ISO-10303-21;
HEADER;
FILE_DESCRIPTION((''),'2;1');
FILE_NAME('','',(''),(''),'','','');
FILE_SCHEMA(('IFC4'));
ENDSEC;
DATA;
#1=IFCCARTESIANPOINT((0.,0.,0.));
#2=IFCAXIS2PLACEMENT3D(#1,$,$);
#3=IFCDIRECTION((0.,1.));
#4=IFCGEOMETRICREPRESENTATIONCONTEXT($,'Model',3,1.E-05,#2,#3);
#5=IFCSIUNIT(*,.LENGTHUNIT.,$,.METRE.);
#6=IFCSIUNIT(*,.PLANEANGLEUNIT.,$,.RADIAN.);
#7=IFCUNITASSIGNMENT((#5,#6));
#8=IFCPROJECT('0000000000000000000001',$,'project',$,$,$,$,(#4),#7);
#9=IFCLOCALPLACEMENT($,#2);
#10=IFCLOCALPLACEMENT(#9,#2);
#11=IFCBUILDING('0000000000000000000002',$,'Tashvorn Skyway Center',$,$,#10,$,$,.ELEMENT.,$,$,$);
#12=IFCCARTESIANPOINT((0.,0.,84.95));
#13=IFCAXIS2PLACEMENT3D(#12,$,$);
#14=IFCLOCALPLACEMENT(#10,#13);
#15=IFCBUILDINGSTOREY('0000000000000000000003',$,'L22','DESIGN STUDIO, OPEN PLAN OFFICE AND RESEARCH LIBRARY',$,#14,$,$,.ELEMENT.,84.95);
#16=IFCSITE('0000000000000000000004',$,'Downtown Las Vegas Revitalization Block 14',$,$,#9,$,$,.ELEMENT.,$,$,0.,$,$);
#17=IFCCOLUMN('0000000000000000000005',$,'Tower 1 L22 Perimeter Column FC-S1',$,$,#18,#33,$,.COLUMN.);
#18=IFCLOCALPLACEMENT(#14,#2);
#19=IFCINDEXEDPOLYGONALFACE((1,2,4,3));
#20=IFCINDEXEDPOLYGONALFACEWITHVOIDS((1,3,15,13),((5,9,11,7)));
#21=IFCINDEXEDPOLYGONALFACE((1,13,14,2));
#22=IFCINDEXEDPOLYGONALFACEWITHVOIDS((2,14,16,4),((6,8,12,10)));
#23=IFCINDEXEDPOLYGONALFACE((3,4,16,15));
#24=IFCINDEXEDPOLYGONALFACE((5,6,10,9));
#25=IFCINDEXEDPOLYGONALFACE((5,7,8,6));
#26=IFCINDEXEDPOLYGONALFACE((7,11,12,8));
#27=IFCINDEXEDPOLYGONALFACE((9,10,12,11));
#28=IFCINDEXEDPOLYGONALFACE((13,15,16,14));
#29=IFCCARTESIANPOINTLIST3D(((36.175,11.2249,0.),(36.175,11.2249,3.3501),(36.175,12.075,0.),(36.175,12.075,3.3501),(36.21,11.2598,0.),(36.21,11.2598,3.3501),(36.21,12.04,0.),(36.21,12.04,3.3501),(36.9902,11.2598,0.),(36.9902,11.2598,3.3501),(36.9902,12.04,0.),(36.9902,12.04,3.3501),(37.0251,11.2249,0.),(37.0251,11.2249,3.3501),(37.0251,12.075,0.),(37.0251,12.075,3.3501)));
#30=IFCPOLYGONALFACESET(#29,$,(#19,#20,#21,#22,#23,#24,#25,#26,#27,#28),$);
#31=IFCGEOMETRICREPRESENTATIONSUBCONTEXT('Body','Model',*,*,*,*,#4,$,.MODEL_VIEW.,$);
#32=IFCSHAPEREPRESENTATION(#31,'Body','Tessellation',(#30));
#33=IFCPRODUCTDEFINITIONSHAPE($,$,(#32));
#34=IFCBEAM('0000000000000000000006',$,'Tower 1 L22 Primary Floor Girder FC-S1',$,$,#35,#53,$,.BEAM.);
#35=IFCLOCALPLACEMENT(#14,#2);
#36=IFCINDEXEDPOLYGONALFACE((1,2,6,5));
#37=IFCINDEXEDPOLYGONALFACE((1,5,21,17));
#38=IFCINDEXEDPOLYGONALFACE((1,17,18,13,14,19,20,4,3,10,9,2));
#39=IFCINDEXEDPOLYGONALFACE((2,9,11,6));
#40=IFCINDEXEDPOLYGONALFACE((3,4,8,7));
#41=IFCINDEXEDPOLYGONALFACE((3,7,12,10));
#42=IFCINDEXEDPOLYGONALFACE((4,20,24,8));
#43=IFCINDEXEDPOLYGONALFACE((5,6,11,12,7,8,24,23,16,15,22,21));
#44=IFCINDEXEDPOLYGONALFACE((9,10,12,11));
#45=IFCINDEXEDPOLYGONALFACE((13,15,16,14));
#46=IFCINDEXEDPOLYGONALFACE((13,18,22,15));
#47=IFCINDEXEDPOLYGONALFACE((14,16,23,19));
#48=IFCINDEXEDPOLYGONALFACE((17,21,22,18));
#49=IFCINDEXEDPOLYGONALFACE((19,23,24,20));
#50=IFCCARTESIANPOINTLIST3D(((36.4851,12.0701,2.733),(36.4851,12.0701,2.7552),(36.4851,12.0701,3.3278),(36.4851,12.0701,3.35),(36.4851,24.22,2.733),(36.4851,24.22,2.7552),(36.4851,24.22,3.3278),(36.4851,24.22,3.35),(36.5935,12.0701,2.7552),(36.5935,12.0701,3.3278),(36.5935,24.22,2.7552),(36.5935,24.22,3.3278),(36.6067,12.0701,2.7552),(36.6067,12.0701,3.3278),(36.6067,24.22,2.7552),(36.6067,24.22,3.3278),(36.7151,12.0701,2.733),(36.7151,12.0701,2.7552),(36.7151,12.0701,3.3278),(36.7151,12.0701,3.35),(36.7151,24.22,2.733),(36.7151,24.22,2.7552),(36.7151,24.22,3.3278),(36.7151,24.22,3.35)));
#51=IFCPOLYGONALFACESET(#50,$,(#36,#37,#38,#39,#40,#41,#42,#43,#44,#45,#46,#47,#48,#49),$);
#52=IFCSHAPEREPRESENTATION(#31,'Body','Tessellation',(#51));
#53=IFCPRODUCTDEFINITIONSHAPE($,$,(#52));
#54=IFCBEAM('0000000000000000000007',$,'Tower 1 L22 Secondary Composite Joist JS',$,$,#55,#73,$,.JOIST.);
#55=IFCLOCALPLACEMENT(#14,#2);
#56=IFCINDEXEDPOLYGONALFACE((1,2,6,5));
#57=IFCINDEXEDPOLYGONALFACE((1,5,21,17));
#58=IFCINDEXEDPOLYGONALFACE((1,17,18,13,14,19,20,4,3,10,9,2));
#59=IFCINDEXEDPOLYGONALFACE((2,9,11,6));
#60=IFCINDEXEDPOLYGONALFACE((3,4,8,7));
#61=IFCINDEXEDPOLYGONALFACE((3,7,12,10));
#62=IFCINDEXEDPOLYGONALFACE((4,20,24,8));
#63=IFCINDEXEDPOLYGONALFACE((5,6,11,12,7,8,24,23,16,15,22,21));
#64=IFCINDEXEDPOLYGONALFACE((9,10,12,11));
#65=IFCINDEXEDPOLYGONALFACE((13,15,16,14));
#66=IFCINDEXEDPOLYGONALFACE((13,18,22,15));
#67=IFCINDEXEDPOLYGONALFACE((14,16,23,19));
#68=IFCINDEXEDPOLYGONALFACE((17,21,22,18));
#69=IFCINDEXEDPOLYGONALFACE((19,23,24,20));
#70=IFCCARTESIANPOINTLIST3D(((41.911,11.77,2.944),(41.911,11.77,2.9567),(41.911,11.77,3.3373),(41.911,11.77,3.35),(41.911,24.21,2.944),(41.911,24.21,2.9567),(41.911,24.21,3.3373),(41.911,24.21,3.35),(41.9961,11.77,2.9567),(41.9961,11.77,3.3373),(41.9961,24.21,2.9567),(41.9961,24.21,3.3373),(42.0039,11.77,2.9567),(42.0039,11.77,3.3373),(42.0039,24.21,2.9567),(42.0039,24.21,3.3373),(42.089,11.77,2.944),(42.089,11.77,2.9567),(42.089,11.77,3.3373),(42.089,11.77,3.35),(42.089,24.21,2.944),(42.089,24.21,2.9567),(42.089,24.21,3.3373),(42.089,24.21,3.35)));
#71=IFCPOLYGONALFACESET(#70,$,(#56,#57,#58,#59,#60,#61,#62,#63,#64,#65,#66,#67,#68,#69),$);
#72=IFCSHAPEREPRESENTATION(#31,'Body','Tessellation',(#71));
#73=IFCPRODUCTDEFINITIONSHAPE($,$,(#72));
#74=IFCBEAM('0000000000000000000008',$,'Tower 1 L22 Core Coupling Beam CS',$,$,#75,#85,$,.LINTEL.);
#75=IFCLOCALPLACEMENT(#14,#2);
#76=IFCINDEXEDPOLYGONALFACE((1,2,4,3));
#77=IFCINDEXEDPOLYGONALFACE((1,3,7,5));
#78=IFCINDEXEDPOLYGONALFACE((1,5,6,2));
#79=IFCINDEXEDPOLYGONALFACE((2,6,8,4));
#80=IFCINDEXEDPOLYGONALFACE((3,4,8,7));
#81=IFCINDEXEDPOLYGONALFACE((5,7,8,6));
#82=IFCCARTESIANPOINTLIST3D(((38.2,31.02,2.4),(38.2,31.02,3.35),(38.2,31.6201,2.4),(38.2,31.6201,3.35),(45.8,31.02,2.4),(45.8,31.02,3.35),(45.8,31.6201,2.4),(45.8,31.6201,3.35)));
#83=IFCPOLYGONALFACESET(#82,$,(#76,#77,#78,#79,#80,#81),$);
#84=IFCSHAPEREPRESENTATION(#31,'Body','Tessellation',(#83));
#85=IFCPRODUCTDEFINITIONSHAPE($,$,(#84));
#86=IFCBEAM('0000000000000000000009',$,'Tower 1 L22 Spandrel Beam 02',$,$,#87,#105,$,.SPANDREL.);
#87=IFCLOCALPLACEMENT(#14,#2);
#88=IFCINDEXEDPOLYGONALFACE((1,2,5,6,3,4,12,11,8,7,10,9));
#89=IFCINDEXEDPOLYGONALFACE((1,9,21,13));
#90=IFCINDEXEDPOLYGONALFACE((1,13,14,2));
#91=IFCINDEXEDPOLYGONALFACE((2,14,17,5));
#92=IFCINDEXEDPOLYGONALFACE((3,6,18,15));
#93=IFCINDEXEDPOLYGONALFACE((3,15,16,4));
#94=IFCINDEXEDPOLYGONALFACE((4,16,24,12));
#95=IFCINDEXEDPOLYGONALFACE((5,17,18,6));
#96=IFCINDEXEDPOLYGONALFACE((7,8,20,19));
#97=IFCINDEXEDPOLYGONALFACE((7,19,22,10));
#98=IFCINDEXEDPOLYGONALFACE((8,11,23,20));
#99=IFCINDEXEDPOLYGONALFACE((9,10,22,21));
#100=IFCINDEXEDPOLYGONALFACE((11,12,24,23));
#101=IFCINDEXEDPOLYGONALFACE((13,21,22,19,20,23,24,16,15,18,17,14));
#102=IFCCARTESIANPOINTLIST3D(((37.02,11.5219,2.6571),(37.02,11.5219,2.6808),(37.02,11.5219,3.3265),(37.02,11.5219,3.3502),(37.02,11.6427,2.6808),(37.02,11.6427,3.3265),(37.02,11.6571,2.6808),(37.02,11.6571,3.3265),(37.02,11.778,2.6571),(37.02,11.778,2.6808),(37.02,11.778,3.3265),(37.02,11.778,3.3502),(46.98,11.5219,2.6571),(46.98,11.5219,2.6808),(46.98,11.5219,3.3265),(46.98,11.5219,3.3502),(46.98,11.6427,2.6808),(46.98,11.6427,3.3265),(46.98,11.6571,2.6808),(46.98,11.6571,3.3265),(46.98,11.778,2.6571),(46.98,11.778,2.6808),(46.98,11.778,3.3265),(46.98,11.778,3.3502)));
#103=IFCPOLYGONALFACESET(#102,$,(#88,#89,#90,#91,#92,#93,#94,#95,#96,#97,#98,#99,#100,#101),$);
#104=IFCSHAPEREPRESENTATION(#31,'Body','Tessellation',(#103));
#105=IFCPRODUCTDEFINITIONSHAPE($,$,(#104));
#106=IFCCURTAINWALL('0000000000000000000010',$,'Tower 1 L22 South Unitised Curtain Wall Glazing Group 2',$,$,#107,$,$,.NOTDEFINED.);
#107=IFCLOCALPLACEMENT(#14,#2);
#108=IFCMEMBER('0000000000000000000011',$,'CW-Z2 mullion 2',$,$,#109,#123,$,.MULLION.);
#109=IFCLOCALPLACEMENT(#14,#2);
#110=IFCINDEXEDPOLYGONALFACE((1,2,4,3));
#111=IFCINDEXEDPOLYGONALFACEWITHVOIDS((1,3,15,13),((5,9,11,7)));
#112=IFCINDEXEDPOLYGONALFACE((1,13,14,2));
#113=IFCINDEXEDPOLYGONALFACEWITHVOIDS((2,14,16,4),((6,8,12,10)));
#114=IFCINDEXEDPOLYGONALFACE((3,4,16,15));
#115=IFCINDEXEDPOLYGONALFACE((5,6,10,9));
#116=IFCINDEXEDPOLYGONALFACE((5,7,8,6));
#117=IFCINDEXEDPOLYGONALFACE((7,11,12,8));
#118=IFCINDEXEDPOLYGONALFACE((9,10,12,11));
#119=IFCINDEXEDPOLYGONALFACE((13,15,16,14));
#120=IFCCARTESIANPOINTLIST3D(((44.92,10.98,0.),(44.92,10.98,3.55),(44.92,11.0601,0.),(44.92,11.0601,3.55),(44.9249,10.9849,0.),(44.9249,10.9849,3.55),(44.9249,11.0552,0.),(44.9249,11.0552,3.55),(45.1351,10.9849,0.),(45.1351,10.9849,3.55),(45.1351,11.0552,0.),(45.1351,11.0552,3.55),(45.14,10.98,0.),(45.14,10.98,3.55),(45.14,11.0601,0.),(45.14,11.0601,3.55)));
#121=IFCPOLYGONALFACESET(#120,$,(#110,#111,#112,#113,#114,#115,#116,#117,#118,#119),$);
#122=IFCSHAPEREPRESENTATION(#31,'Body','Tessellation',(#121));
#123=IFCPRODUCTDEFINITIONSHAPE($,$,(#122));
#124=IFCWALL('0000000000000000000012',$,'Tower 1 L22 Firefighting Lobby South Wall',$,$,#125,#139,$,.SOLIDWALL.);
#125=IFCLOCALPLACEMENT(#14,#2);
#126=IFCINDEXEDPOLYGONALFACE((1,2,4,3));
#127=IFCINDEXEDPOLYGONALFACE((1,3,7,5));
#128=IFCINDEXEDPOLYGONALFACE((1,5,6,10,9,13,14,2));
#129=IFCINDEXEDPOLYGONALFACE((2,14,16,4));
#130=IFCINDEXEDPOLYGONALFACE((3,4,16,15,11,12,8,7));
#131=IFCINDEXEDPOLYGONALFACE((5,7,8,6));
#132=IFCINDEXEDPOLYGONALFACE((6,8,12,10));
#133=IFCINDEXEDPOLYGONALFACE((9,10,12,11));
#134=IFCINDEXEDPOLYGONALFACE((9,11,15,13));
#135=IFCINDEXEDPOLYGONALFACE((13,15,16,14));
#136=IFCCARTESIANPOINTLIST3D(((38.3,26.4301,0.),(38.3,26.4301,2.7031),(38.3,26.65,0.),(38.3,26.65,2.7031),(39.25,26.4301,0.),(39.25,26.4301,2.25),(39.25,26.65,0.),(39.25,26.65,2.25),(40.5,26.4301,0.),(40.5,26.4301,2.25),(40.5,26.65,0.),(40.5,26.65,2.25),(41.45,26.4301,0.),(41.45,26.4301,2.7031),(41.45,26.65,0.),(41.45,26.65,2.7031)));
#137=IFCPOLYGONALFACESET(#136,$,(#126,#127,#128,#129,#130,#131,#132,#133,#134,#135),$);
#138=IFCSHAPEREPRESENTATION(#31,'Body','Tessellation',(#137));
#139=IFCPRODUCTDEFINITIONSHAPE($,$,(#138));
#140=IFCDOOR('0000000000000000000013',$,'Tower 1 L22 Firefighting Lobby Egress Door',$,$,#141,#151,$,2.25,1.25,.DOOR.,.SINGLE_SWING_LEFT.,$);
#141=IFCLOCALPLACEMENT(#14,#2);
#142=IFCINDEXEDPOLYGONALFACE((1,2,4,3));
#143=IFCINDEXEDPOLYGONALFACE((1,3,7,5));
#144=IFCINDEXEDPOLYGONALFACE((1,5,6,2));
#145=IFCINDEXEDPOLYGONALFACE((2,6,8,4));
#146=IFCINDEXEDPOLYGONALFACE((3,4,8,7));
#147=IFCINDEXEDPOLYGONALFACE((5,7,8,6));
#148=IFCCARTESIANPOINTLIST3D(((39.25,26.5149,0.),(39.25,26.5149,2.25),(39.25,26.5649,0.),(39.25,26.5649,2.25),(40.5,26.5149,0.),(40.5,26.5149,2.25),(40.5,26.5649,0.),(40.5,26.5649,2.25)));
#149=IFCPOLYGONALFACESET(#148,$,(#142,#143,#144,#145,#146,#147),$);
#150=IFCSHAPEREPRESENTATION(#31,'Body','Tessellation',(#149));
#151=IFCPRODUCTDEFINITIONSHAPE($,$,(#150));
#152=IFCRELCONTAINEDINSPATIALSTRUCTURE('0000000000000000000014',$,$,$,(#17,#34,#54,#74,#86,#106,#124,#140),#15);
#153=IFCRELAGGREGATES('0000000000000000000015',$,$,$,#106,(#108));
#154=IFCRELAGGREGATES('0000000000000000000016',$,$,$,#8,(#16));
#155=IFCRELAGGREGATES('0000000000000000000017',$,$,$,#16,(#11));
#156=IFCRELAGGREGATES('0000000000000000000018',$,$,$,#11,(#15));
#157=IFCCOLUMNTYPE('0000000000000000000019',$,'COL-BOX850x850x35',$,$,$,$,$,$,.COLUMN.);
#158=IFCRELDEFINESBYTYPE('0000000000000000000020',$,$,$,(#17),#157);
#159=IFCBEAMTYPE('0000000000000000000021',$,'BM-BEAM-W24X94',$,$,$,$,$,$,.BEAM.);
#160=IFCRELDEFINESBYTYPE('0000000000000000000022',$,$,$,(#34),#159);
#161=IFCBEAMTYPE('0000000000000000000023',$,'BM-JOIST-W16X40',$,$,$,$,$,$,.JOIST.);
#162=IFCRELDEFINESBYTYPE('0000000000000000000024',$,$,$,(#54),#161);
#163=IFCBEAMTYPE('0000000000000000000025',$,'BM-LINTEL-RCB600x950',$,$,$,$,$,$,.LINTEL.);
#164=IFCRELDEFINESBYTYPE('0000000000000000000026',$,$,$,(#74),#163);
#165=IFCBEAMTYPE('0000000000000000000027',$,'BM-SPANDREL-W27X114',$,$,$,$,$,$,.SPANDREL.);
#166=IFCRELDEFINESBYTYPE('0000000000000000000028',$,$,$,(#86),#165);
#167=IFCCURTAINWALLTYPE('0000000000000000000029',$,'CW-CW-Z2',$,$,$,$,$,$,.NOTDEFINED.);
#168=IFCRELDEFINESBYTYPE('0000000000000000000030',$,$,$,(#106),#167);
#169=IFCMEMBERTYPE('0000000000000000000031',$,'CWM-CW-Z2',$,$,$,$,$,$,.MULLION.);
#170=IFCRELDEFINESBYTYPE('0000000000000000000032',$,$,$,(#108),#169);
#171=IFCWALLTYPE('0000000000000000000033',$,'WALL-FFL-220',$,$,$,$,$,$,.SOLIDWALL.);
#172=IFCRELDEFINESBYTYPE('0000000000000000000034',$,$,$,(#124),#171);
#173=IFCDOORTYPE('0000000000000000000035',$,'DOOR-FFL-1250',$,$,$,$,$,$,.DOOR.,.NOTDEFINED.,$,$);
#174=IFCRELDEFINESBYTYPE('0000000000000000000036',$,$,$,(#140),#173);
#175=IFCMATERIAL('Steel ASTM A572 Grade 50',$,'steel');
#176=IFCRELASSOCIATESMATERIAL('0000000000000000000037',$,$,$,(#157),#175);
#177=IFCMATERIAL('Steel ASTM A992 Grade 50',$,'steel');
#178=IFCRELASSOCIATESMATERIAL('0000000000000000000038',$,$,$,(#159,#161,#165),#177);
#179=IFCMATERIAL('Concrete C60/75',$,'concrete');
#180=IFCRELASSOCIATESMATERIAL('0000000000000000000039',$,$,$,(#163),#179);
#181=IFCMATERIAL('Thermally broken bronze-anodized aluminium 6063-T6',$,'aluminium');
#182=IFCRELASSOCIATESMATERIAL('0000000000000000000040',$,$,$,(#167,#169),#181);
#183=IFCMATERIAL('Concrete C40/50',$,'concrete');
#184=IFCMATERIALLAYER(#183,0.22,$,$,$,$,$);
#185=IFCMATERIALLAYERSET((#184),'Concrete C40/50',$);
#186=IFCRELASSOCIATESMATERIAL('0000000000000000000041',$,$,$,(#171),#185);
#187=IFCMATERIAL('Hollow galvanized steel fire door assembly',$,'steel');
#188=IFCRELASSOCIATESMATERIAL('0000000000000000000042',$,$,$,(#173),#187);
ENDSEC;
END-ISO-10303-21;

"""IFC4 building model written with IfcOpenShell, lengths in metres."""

from ifc_helpers import new_model, si_unit, direction, frame, frame_2d, origin, origin_2d, place, context, subcontext, project, spatial, rectangle, hollow_rectangle, i_section, extrude, material, layer, layer_set, material_profile, profile_set, type_object, element, fill, aggregate, save


model = new_model("IFC4")

# Units and contexts
model_context = context("Model", 3, precision=1e-05, world=origin(), true_north=direction((0.0, 1.0)))
body_context = subcontext(model_context, "Body", "Model", "MODEL_VIEW")
ifc_project = project(units=[si_unit("LENGTHUNIT", "METRE"), si_unit("PLANEANGLEUNIT", "RADIAN")], contexts=[model_context])

# Site, building, storey
site_placement = place(None, origin())
site = spatial("IfcSite", under=ifc_project, at=site_placement, Name="Downtown Las Vegas Revitalization Block 14", CompositionType="ELEMENT", RefElevation=0.0)
building_placement = place(site_placement, origin())
building = spatial("IfcBuilding", under=site, at=building_placement, Name="Tashvorn Skyway Center", CompositionType="ELEMENT")
storey_placement = place(building_placement, frame((0.0, 0.0, 84.95)))
storey = spatial("IfcBuildingStorey", under=building, at=storey_placement, Name="L22", Description="DESIGN STUDIO, OPEN PLAN OFFICE AND RESEARCH LIBRARY", CompositionType="ELEMENT", Elevation=84.95)

# Column
ifc_material_1 = material(Name="Steel ASTM A572 Grade 50", Category="steel")
ifc_material_profile_1 = material_profile(ifc_material_1, hollow_rectangle(XDim=0.8501, YDim=0.8501, WallThickness=0.0349, at=origin_2d()), Name="BOX850x850x35")
ifc_profile_set_1 = profile_set([ifc_material_profile_1], Name="Steel ASTM A572 Grade 50")
column_type = type_object("IfcColumnType", Name="COL-BOX850x850x35", PredefinedType="COLUMN", material=ifc_profile_set_1)
column_placement = place(storey_placement, frame((36.6001, 11.6499, 0.0), z_axis=(0.0, 0.0, 1.0), x_axis=(1.0, 0.0, 0.0)))
element("IfcColumn", 1, at=column_placement, inside=storey, type_object=column_type, Name="Tower 1 L22 Perimeter Column FC-S1", PredefinedType="COLUMN", context=body_context, shape_type="SweptSolid", body=[
    extrude(hollow_rectangle(XDim=0.8501, YDim=0.8501, WallThickness=0.0349, at=origin_2d()), origin(), (0.0, 0.0, 1.0), 3.3501),
])

# Beams
ifc_material_2 = material(Name="Steel ASTM A992 Grade 50", Category="steel")
ifc_material_profile_2 = material_profile(ifc_material_2, i_section(OverallWidth=0.23, OverallDepth=0.6169, WebThickness=0.0132, FlangeThickness=0.0222, at=origin_2d()), Name="W24X94")
ifc_profile_set_2 = profile_set([ifc_material_profile_2], Name="Steel ASTM A992 Grade 50")
beam_type_1 = type_object("IfcBeamType", Name="BM-BEAM-W24X94", PredefinedType="BEAM", material=ifc_profile_set_2)
beam_1_placement = place(storey_placement, frame((36.6001, 12.0701, 3.0415), z_axis=(0.0, 1.0, 0.0), x_axis=(-1.0, 0.0, 0.0)))
element("IfcBeam", 2, at=beam_1_placement, inside=storey, type_object=beam_type_1, Name="Tower 1 L22 Primary Floor Girder FC-S1", PredefinedType="BEAM", context=body_context, shape_type="SweptSolid", body=[
    extrude(i_section(OverallWidth=0.23, OverallDepth=0.6169, WebThickness=0.0132, FlangeThickness=0.0222, at=origin_2d()), origin(), (0.0, 0.0, 1.0), 12.1499),
])
ifc_material_profile_3 = material_profile(ifc_material_2, i_section(OverallWidth=0.178, OverallDepth=0.406, WebThickness=0.0078, FlangeThickness=0.0127, at=origin_2d()), Name="W16X40")
ifc_profile_set_3 = profile_set([ifc_material_profile_3], Name="Steel ASTM A992 Grade 50")
beam_type_2 = type_object("IfcBeamType", Name="BM-JOIST-W16X40", PredefinedType="JOIST", material=ifc_profile_set_3)
beam_2_placement = place(storey_placement, frame((42.0, 24.21, 3.147), z_axis=(0.0, -1.0, 0.0), x_axis=(1.0, 0.0, 0.0)))
element("IfcBeam", 3, at=beam_2_placement, inside=storey, type_object=beam_type_2, Name="Tower 1 L22 Secondary Composite Joist JS", PredefinedType="JOIST", context=body_context, shape_type="SweptSolid", body=[
    extrude(i_section(OverallWidth=0.178, OverallDepth=0.406, WebThickness=0.0078, FlangeThickness=0.0127, at=origin_2d()), origin(), (0.0, 0.0, 1.0), 12.4399),
])
ifc_material_3 = material(Name="Concrete C60/75", Category="concrete")
ifc_material_profile_4 = material_profile(ifc_material_3, rectangle(XDim=0.6001, YDim=0.95, at=origin_2d()), Name="RCB600x950")
ifc_profile_set_4 = profile_set([ifc_material_profile_4], Name="Concrete C60/75")
beam_type_3 = type_object("IfcBeamType", Name="BM-LINTEL-RCB600x950", PredefinedType="LINTEL", material=ifc_profile_set_4)
beam_3_placement = place(storey_placement, frame((38.2, 31.3201, 2.875), z_axis=(1.0, 0.0, 0.0), x_axis=(0.0, 1.0, 0.0)))
element("IfcBeam", 4, at=beam_3_placement, inside=storey, type_object=beam_type_3, Name="Tower 1 L22 Core Coupling Beam CS", PredefinedType="LINTEL", context=body_context, shape_type="SweptSolid", body=[
    extrude(rectangle(XDim=0.6001, YDim=0.95, at=origin_2d()), origin(), (0.0, 0.0, 1.0), 7.6001),
])
ifc_material_profile_5 = material_profile(ifc_material_2, i_section(OverallWidth=0.2561, OverallDepth=0.6931, WebThickness=0.0144, FlangeThickness=0.0237, at=origin_2d()), Name="W27X114")
ifc_profile_set_5 = profile_set([ifc_material_profile_5], Name="Steel ASTM A992 Grade 50")
beam_type_4 = type_object("IfcBeamType", Name="BM-SPANDREL-W27X114", PredefinedType="SPANDREL", material=ifc_profile_set_5)
beam_4_placement = place(storey_placement, frame((37.02, 11.6499, 3.0037), z_axis=(1.0, 0.0, 0.0), x_axis=(0.0, 1.0, 0.0)))
element("IfcBeam", 5, at=beam_4_placement, inside=storey, type_object=beam_type_4, Name="Tower 1 L22 Spandrel Beam 02", PredefinedType="SPANDREL", context=body_context, shape_type="SweptSolid", body=[
    extrude(i_section(OverallWidth=0.2561, OverallDepth=0.6931, WebThickness=0.0144, FlangeThickness=0.0237, at=origin_2d()), origin(), (0.0, 0.0, 1.0), 9.96),
])

# Curtain wall, member
ifc_material_4 = material(Name="Thermally broken bronze-anodized aluminium 6063-T6", Category="aluminium")
curtain_wall_type = type_object("IfcCurtainWallType", Name="CW-CW-Z2", PredefinedType="NOTDEFINED", material=ifc_material_4)
curtain_wall_placement = place(storey_placement, origin())
curtain_wall = element("IfcCurtainWall", 6, at=curtain_wall_placement, inside=storey, type_object=curtain_wall_type, Name="Tower 1 L22 South Unitised Curtain Wall Glazing Group 2", PredefinedType="NOTDEFINED")
ifc_material_profile_6 = material_profile(ifc_material_4, hollow_rectangle(XDim=0.0801, YDim=0.22, WallThickness=0.0049, at=origin_2d()), Name="ALU-MULL-80x220")
ifc_profile_set_6 = profile_set([ifc_material_profile_6], Name="Thermally broken bronze-anodized aluminium 6063-T6")
member_type = type_object("IfcMemberType", Name="CWM-CW-Z2", PredefinedType="MULLION", material=ifc_profile_set_6)
member_placement = place(storey_placement, frame((45.03, 11.02, 0.0), z_axis=(0.0, 0.0, 1.0), x_axis=(0.0, -1.0, 0.0)))
member = element("IfcMember", 7, at=member_placement, type_object=member_type, Name="CW-Z2 mullion 2", PredefinedType="MULLION", context=body_context, shape_type="SweptSolid", body=[
    extrude(hollow_rectangle(XDim=0.0801, YDim=0.22, WallThickness=0.0049, at=origin_2d()), origin(), (0.0, 0.0, 1.0), 3.55),
])
aggregate(curtain_wall, [member])

# Wall, opening, door
ifc_material_5 = material(Name="Concrete C40/50", Category="concrete")
ifc_layer_1 = layer(ifc_material_5, 0.22)
ifc_layer_set_1 = layer_set([ifc_layer_1], Name="Concrete C40/50")
wall_type_1 = type_object("IfcWallType", Name="WALL-FFL-220", PredefinedType="SOLIDWALL", material=ifc_layer_set_1)
wall_1_placement = place(storey_placement, frame((38.3, 26.54, 0.0), z_axis=(0.0, 0.0, 1.0), x_axis=(1.0, 0.0, 0.0)))
wall_1 = element("IfcWall", 8, at=wall_1_placement, inside=storey, type_object=wall_type_1, Name="Tower 1 L22 Firefighting Lobby South Wall", PredefinedType="SOLIDWALL", context=body_context, shape_type="SweptSolid", body=[
    extrude(rectangle(XDim=3.1499, YDim=0.22, at=frame_2d((1.575, 0.0))), origin(), (0.0, 0.0, 1.0), 2.7031),
])
opening_1_placement = place(wall_1_placement, frame((0.95, 0.0, 0.0)))
opening_1 = element("IfcOpeningElement", 9, at=opening_1_placement, cuts=wall_1, PredefinedType="OPENING", context=body_context, shape_type="SweptSolid", body=[
    extrude(rectangle(XDim=1.25, YDim=2.25, at=frame_2d((0.625, 1.125))), frame((0.0, 0.1199, 0.0), z_axis=(0.0, -1.0, 0.0), x_axis=(1.0, 0.0, 0.0)), (0.0, 0.0, 1.0), 0.24),
])
ifc_material_6 = material(Name="Hollow galvanized steel fire door assembly", Category="steel")
door_type_1 = type_object("IfcDoorType", Name="DOOR-FFL-1250", OperationType="NOTDEFINED", PredefinedType="DOOR", material=ifc_material_6)
door_1_placement = place(opening_1_placement, origin())
door_1 = element("IfcDoor", 10, at=door_1_placement, inside=storey, type_object=door_type_1, Name="Tower 1 L22 Firefighting Lobby Egress Door", OperationType="SINGLE_SWING_LEFT", OverallHeight=2.25, OverallWidth=1.25, PredefinedType="DOOR", context=body_context, shape_type="SweptSolid", body=[
    extrude(rectangle(XDim=1.25, YDim=2.25, at=frame_2d((0.625, 1.125))), frame((0.0, 0.0249, 0.0), z_axis=(0.0, -1.0, 0.0), x_axis=(1.0, 0.0, 0.0)), (0.0, 0.0, 1.0), 0.05),
])
fill(opening_1, door_1)

save(model, "model.ifc")
